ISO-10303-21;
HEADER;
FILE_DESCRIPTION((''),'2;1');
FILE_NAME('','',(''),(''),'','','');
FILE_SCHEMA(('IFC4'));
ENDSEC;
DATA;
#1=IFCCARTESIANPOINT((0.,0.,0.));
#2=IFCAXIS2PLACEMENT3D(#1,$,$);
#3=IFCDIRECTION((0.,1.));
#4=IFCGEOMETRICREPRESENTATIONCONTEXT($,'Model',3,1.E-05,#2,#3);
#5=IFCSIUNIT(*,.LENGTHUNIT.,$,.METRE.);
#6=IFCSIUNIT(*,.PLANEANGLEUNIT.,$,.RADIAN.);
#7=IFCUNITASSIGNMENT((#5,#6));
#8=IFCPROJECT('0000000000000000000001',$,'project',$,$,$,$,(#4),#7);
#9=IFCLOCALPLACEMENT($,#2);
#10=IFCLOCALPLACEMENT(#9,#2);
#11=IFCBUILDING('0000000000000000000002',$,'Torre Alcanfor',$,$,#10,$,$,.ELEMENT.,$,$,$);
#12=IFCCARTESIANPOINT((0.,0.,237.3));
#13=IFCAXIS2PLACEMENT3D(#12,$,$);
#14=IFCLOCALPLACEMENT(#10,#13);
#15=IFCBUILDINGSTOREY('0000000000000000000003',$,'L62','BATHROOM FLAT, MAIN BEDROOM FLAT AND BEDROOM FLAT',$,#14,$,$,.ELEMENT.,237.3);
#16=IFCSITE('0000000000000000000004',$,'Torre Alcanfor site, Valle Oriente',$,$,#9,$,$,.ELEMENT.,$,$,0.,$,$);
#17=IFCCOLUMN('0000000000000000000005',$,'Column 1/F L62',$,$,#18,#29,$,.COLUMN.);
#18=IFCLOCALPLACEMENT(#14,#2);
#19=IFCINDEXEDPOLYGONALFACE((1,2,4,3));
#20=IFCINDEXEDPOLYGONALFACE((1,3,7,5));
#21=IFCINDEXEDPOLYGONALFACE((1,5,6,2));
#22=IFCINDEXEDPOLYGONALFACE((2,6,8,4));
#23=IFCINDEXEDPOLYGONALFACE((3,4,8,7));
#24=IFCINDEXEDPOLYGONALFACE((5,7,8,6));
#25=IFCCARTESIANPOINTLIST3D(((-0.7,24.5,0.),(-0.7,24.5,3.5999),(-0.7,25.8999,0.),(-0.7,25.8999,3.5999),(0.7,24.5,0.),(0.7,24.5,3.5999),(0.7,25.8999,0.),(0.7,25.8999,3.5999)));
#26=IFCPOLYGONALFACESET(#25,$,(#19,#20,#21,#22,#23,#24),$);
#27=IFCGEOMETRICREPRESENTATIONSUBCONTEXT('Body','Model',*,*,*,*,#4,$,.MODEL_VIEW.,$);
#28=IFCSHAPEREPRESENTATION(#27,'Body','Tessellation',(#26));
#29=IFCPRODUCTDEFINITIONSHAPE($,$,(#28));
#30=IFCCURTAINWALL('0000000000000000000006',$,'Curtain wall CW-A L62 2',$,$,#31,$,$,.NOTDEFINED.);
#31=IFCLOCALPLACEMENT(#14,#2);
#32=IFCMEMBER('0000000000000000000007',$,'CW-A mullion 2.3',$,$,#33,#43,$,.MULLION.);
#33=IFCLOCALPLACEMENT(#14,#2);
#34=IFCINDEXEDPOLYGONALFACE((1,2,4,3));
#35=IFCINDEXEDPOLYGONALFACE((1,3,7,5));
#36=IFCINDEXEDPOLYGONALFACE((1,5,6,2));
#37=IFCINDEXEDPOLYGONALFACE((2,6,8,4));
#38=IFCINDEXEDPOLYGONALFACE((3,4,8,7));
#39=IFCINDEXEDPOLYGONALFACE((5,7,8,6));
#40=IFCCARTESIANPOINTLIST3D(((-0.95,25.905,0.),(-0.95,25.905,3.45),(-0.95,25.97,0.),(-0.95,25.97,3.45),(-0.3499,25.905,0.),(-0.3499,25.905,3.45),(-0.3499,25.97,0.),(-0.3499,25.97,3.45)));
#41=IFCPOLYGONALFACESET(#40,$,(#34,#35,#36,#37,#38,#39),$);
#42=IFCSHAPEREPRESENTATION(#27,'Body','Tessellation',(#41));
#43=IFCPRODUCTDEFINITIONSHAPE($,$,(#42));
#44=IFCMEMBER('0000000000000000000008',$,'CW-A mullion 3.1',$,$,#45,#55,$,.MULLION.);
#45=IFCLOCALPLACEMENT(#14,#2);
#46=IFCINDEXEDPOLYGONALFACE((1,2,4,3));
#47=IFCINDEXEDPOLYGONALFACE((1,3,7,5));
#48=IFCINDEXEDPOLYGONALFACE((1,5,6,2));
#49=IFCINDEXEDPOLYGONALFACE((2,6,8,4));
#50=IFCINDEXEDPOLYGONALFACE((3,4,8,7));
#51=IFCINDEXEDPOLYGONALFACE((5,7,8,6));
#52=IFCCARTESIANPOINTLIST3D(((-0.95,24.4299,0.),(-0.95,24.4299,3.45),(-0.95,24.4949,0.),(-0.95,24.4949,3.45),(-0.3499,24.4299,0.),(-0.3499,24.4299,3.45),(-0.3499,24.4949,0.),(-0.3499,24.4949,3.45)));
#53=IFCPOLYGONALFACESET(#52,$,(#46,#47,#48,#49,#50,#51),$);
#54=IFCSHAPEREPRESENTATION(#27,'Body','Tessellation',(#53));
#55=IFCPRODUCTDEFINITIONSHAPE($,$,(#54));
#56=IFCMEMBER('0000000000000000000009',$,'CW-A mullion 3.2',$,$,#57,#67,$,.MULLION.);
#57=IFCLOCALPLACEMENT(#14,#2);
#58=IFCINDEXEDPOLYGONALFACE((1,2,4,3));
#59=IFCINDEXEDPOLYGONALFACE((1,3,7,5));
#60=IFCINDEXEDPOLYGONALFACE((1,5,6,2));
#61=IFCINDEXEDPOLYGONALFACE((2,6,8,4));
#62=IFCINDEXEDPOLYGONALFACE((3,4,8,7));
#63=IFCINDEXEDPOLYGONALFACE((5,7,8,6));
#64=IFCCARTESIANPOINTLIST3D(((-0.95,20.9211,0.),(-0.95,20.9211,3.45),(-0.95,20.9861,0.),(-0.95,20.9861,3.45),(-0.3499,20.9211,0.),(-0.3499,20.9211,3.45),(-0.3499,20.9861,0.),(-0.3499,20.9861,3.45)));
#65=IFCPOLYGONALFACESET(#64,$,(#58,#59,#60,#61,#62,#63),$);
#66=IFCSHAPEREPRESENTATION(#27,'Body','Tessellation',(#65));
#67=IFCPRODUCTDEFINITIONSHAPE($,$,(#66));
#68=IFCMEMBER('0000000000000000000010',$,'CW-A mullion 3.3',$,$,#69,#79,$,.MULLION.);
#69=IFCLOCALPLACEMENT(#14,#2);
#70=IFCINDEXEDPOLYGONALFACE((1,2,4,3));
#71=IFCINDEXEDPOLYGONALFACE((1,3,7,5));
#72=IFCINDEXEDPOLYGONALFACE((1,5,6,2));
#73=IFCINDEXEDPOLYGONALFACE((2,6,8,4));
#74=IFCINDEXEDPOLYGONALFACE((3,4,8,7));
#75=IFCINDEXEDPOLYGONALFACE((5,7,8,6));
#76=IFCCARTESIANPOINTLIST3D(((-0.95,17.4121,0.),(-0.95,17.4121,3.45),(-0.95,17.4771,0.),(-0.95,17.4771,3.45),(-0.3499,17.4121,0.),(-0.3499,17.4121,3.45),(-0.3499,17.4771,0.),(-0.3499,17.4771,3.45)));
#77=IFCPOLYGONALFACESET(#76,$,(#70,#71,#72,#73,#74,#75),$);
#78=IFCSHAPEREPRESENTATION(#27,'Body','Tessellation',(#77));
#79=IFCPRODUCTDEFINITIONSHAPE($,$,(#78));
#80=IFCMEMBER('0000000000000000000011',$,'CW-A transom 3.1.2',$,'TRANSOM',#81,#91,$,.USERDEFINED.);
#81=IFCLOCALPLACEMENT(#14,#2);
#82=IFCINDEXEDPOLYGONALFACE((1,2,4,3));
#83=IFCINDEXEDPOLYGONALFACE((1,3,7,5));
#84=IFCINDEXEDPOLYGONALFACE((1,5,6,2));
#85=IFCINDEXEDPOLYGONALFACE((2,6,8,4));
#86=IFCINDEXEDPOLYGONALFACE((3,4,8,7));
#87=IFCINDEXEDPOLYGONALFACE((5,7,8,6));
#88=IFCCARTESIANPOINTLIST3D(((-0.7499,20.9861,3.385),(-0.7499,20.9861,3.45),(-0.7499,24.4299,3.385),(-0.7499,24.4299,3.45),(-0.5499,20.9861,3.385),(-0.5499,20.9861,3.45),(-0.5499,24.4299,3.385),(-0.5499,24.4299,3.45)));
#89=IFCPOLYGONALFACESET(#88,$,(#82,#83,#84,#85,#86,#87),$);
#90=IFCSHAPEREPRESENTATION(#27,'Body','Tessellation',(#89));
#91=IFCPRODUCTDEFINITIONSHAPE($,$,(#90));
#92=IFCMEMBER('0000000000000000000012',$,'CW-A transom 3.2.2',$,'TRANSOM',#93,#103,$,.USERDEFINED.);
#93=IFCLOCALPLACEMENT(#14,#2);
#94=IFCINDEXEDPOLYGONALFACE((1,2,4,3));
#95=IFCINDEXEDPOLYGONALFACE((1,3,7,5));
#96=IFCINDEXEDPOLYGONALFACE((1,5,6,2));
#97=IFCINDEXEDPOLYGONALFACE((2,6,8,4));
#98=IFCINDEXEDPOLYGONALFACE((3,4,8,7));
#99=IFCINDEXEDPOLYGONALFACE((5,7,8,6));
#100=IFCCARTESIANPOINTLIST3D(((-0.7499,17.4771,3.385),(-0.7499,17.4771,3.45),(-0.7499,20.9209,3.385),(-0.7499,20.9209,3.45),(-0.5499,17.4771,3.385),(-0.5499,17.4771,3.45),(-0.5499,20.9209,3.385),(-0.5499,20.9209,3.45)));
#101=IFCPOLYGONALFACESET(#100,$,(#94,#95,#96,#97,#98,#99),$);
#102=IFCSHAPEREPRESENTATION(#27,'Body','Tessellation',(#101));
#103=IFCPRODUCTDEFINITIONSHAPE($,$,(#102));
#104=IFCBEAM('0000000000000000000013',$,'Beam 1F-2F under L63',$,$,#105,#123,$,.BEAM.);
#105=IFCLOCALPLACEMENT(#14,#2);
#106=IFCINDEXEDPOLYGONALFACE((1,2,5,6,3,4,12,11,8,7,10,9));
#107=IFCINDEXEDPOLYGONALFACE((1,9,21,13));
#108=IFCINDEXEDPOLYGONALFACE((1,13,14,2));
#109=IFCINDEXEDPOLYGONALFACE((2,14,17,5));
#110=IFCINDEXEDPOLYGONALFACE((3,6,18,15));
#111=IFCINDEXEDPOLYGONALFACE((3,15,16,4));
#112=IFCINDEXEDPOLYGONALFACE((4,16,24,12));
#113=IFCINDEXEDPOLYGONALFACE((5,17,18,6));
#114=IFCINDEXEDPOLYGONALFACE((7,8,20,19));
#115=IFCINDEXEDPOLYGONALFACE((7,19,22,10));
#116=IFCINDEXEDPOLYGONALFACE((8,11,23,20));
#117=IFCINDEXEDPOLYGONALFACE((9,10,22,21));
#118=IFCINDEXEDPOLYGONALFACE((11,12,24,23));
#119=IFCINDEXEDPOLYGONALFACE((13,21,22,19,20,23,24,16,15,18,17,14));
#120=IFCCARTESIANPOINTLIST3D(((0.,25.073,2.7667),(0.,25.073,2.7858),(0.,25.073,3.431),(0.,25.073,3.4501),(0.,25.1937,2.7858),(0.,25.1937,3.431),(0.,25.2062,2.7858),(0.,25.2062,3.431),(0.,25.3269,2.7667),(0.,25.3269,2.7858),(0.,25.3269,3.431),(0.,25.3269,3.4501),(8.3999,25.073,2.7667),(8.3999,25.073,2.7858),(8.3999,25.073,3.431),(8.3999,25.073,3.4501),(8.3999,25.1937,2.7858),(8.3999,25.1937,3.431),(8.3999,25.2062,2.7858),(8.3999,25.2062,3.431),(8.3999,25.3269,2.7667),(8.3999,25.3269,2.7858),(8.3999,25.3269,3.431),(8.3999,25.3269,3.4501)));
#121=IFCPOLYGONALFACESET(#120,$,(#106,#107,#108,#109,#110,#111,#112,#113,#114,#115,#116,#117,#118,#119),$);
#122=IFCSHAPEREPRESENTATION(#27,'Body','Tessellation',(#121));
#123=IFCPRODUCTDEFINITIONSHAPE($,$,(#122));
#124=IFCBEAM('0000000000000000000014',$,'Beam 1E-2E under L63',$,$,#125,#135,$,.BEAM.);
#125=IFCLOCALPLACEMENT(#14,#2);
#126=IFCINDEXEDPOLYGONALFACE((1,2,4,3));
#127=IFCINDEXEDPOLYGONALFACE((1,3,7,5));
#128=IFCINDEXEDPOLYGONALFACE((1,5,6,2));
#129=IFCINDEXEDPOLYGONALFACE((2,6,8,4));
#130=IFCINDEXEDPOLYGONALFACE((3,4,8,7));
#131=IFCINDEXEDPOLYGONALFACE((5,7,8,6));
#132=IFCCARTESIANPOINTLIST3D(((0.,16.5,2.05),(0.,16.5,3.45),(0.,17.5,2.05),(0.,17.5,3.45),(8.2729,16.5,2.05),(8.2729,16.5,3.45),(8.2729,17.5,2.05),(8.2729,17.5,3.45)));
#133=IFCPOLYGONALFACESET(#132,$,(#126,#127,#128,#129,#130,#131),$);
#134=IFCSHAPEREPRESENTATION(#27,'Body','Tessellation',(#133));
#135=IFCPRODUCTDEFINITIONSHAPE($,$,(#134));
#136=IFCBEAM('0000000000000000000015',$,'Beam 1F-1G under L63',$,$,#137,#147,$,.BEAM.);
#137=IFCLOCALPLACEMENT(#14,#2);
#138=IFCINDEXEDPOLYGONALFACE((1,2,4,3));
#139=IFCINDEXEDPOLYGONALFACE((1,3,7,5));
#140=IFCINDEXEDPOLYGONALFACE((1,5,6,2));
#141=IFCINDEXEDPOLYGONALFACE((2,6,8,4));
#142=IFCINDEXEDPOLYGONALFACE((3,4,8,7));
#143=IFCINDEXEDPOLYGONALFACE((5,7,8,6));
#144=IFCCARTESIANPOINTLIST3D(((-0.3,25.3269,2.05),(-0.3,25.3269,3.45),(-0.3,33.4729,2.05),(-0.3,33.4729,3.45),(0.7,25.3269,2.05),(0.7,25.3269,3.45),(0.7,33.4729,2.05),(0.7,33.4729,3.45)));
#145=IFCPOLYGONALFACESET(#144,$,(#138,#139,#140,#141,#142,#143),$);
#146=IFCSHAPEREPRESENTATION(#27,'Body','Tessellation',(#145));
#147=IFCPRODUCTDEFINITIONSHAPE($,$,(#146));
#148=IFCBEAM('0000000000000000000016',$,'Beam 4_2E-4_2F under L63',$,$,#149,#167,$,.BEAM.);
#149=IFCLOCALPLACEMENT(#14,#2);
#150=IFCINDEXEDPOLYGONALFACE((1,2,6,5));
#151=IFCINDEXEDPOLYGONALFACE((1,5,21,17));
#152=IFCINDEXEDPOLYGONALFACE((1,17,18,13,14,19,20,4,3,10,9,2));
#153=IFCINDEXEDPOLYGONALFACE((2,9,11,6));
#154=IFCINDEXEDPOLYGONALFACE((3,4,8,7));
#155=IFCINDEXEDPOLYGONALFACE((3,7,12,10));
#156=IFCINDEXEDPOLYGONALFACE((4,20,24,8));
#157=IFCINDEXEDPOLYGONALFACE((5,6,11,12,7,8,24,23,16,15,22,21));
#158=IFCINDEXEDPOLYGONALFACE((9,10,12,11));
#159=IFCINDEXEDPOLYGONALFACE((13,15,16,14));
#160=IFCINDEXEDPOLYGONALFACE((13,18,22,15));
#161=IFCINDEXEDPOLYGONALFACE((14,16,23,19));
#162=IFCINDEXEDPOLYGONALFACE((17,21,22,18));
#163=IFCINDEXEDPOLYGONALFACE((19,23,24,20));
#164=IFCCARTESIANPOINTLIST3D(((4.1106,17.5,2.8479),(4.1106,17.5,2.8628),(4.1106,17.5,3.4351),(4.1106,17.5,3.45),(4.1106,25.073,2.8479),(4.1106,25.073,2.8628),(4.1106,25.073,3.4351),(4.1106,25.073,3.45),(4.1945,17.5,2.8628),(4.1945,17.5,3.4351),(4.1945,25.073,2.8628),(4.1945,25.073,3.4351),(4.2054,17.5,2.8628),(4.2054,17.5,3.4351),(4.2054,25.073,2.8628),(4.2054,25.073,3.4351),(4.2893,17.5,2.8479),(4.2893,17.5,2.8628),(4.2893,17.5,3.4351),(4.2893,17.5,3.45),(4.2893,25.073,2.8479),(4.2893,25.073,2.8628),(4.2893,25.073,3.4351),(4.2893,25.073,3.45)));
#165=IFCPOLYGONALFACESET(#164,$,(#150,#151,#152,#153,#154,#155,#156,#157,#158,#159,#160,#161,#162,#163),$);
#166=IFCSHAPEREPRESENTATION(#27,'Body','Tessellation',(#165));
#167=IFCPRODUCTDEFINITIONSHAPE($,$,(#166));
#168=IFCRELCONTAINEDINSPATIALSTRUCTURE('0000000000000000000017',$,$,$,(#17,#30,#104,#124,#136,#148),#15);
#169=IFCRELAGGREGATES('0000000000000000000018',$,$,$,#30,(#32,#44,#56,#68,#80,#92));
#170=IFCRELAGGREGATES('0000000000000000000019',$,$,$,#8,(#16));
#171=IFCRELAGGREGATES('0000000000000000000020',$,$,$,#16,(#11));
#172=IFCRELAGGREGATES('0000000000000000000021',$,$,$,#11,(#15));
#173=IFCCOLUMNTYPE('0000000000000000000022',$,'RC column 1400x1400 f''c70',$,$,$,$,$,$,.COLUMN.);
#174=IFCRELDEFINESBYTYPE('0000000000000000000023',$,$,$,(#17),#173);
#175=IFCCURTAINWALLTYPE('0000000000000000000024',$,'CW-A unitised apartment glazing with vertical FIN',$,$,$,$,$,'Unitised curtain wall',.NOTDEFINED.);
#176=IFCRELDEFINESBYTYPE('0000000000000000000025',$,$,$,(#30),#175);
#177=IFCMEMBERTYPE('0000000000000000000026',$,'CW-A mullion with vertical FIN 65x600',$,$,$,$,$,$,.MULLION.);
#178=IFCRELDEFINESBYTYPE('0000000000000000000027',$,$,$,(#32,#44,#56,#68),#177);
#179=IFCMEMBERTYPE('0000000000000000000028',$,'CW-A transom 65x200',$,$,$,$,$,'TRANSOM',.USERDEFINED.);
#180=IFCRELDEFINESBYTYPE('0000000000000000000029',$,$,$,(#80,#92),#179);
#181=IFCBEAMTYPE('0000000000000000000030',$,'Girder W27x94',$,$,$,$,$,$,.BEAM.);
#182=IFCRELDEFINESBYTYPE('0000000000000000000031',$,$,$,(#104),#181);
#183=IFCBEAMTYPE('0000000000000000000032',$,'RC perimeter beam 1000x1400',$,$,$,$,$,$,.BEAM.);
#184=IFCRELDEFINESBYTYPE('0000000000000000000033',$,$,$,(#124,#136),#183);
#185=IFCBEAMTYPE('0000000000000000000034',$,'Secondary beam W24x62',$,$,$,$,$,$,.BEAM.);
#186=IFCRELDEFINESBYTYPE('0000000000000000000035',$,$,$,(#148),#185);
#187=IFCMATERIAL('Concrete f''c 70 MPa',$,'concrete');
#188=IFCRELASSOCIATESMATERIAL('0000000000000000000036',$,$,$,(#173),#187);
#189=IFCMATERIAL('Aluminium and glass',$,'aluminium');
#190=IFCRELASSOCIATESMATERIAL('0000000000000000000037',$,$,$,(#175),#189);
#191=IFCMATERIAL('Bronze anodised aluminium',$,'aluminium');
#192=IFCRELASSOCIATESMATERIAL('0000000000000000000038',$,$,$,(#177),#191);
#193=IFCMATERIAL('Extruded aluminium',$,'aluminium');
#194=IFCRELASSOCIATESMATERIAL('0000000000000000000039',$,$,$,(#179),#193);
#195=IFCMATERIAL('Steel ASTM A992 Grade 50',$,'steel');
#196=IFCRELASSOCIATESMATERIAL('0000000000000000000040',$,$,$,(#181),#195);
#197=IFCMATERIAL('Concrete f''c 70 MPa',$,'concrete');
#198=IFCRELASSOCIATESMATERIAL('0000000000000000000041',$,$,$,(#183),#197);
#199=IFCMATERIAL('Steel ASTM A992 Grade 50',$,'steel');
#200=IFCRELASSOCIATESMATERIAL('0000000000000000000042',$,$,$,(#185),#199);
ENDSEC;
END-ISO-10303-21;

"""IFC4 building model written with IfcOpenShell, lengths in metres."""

from ifc_helpers import new_model, si_unit, direction, frame, origin, origin_2d, place, context, subcontext, project, spatial, rectangle, i_section, extrude, material, material_profile, profile_set, type_object, element, aggregate, save


model = new_model("IFC4")

# Units and contexts
model_context = context("Model", 3, precision=1e-05, world=origin(), true_north=direction((0.0, 1.0)))
body_context = subcontext(model_context, "Body", "Model", "MODEL_VIEW")
ifc_project = project(units=[si_unit("LENGTHUNIT", "METRE"), si_unit("PLANEANGLEUNIT", "RADIAN")], contexts=[model_context])

# Site, building, storey
site_placement = place(None, origin())
site = spatial("IfcSite", under=ifc_project, at=site_placement, Name="Torre Alcanfor site, Valle Oriente", CompositionType="ELEMENT", RefElevation=0.0)
building_placement = place(site_placement, origin())
building = spatial("IfcBuilding", under=site, at=building_placement, Name="Torre Alcanfor", CompositionType="ELEMENT")
storey_placement = place(building_placement, frame((0.0, 0.0, 237.3)))
storey = spatial("IfcBuildingStorey", under=building, at=storey_placement, Name="L62", Description="BATHROOM FLAT, MAIN BEDROOM FLAT AND BEDROOM FLAT", CompositionType="ELEMENT", Elevation=237.3)

# Column
ifc_material_1 = material(Name="Concrete f'c 70 MPa", Category="concrete")
ifc_material_profile_1 = material_profile(ifc_material_1, rectangle(XDim=1.3999, YDim=1.3999, at=origin_2d()), Name="1400x1400")
ifc_profile_set_1 = profile_set([ifc_material_profile_1], Name="Concrete f'c 70 MPa")
column_type = type_object("IfcColumnType", Name="RC column 1400x1400 f'c70", PredefinedType="COLUMN", material=ifc_profile_set_1)
column_placement = place(storey_placement, frame((0.0, 25.2, 0.0), z_axis=(0.0, 0.0, 1.0), x_axis=(1.0, 0.0, 0.0)))
element("IfcColumn", 1, at=column_placement, inside=storey, type_object=column_type, Name="Column 1/F L62", PredefinedType="COLUMN", context=body_context, shape_type="SweptSolid", body=[
    extrude(rectangle(XDim=1.3999, YDim=1.3999, at=origin_2d()), origin(), (0.0, 0.0, 1.0), 3.5999),
])

# Curtain wall, members
ifc_material_2 = material(Name="Aluminium and glass", Category="aluminium")
curtain_wall_type = type_object("IfcCurtainWallType", Name="CW-A unitised apartment glazing with vertical FIN", ElementType="Unitised curtain wall", PredefinedType="NOTDEFINED", material=ifc_material_2)
curtain_wall_placement = place(storey_placement, origin())
curtain_wall = element("IfcCurtainWall", 2, at=curtain_wall_placement, inside=storey, type_object=curtain_wall_type, Name="Curtain wall CW-A L62 2", PredefinedType="NOTDEFINED")
ifc_material_3 = material(Name="Bronze anodised aluminium", Category="aluminium")
ifc_material_profile_2 = material_profile(ifc_material_3, rectangle(XDim=0.6001, YDim=0.0649, at=origin_2d()), Name="CW-A mullion 65x600")
ifc_profile_set_2 = profile_set([ifc_material_profile_2], Name="Bronze anodised aluminium")
member_type_1 = type_object("IfcMemberType", Name="CW-A mullion with vertical FIN 65x600", PredefinedType="MULLION", material=ifc_profile_set_2)
member_1_placement = place(storey_placement, frame((-0.6499, 25.9375, 0.0), z_axis=(0.0, 0.0, 1.0), x_axis=(1.0, 0.0, 0.0)))
member_1 = element("IfcMember", 3, at=member_1_placement, type_object=member_type_1, Name="CW-A mullion 2.3", PredefinedType="MULLION", context=body_context, shape_type="SweptSolid", body=[
    extrude(rectangle(XDim=0.6001, YDim=0.0649, at=origin_2d()), origin(), (0.0, 0.0, 1.0), 3.45),
])
member_2_placement = place(storey_placement, frame((-0.6499, 24.4624, 0.0), z_axis=(0.0, 0.0, 1.0), x_axis=(1.0, 0.0, 0.0)))
member_2 = element("IfcMember", 4, at=member_2_placement, type_object=member_type_1, Name="CW-A mullion 3.1", PredefinedType="MULLION", context=body_context, shape_type="SweptSolid", body=[
    extrude(rectangle(XDim=0.6001, YDim=0.0649, at=origin_2d()), origin(), (0.0, 0.0, 1.0), 3.45),
])
member_3_placement = place(storey_placement, frame((-0.6499, 20.9536, 0.0), z_axis=(0.0, 0.0, 1.0), x_axis=(1.0, 0.0, 0.0)))
member_3 = element("IfcMember", 5, at=member_3_placement, type_object=member_type_1, Name="CW-A mullion 3.2", PredefinedType="MULLION", context=body_context, shape_type="SweptSolid", body=[
    extrude(rectangle(XDim=0.6001, YDim=0.0649, at=origin_2d()), origin(), (0.0, 0.0, 1.0), 3.45),
])
member_4_placement = place(storey_placement, frame((-0.6499, 17.4446, 0.0), z_axis=(0.0, 0.0, 1.0), x_axis=(1.0, 0.0, 0.0)))
member_4 = element("IfcMember", 6, at=member_4_placement, type_object=member_type_1, Name="CW-A mullion 3.3", PredefinedType="MULLION", context=body_context, shape_type="SweptSolid", body=[
    extrude(rectangle(XDim=0.6001, YDim=0.0649, at=origin_2d()), origin(), (0.0, 0.0, 1.0), 3.45),
])
ifc_material_4 = material(Name="Extruded aluminium", Category="aluminium")
ifc_material_profile_3 = material_profile(ifc_material_4, rectangle(XDim=0.2, YDim=0.0649, at=origin_2d()), Name="CW-A transom 200x65")
ifc_profile_set_3 = profile_set([ifc_material_profile_3], Name="Extruded aluminium")
member_type_2 = type_object("IfcMemberType", Name="CW-A transom 65x200", ElementType="TRANSOM", PredefinedType="USERDEFINED", material=ifc_profile_set_3)
member_5_placement = place(storey_placement, frame((-0.6499, 24.4299, 3.4175), z_axis=(0.0, -1.0, 0.0), x_axis=(1.0, 0.0, 0.0)))
member_5 = element("IfcMember", 7, at=member_5_placement, type_object=member_type_2, Name="CW-A transom 3.1.2", ObjectType="TRANSOM", PredefinedType="USERDEFINED", context=body_context, shape_type="SweptSolid", body=[
    extrude(rectangle(XDim=0.2, YDim=0.0649, at=origin_2d()), origin(), (0.0, 0.0, 1.0), 3.4438),
])
member_6_placement = place(storey_placement, frame((-0.6499, 20.9209, 3.4175), z_axis=(0.0, -1.0, 0.0), x_axis=(1.0, 0.0, 0.0)))
member_6 = element("IfcMember", 8, at=member_6_placement, type_object=member_type_2, Name="CW-A transom 3.2.2", ObjectType="TRANSOM", PredefinedType="USERDEFINED", context=body_context, shape_type="SweptSolid", body=[
    extrude(rectangle(XDim=0.2, YDim=0.0649, at=origin_2d()), origin(), (0.0, 0.0, 1.0), 3.4438),
])

# Beams
ifc_material_5 = material(Name="Steel ASTM A992 Grade 50", Category="steel")
ifc_material_profile_4 = material_profile(ifc_material_5, i_section(OverallWidth=0.2539, OverallDepth=0.6833, WebThickness=0.0125, FlangeThickness=0.019, at=origin_2d()), Name="W27x94")
ifc_profile_set_4 = profile_set([ifc_material_profile_4], Name="Steel ASTM A992 Grade 50")
beam_type_1 = type_object("IfcBeamType", Name="Girder W27x94", PredefinedType="BEAM", material=ifc_profile_set_4)
beam_1_placement = place(storey_placement, frame((0.0, 25.2, 3.1084), z_axis=(1.0, 0.0, 0.0), x_axis=(0.0, 1.0, 0.0)))
element("IfcBeam", 9, at=beam_1_placement, inside=storey, type_object=beam_type_1, Name="Beam 1F-2F under L63", PredefinedType="BEAM", context=body_context, shape_type="SweptSolid", body=[
    extrude(i_section(OverallWidth=0.2539, OverallDepth=0.6833, WebThickness=0.0125, FlangeThickness=0.019, at=origin_2d()), origin(), (0.0, 0.0, 1.0), 8.3999),
])
ifc_material_6 = material(Name="Concrete f'c 70 MPa", Category="concrete")
ifc_material_profile_5 = material_profile(ifc_material_6, rectangle(XDim=1.0, YDim=1.3999, at=origin_2d()), Name="1000x1400")
ifc_profile_set_5 = profile_set([ifc_material_profile_5], Name="Concrete f'c 70 MPa")
beam_type_2 = type_object("IfcBeamType", Name="RC perimeter beam 1000x1400", PredefinedType="BEAM", material=ifc_profile_set_5)
beam_2_placement = place(storey_placement, frame((0.0, 17.0, 2.75), z_axis=(1.0, 0.0, 0.0), x_axis=(0.0, 1.0, 0.0)))
element("IfcBeam", 10, at=beam_2_placement, inside=storey, type_object=beam_type_2, Name="Beam 1E-2E under L63", PredefinedType="BEAM", context=body_context, shape_type="SweptSolid", body=[
    extrude(rectangle(XDim=1.0, YDim=1.3999, at=origin_2d()), origin(), (0.0, 0.0, 1.0), 8.2729),
])
beam_3_placement = place(storey_placement, frame((0.2, 25.3269, 2.75), z_axis=(0.0, 1.0, 0.0), x_axis=(-1.0, 0.0, 0.0)))
element("IfcBeam", 11, at=beam_3_placement, inside=storey, type_object=beam_type_2, Name="Beam 1F-1G under L63", PredefinedType="BEAM", context=body_context, shape_type="SweptSolid", body=[
    extrude(rectangle(XDim=1.0, YDim=1.3999, at=origin_2d()), origin(), (0.0, 0.0, 1.0), 8.146),
])
ifc_material_7 = material(Name="Steel ASTM A992 Grade 50", Category="steel")
ifc_material_profile_6 = material_profile(ifc_material_7, i_section(OverallWidth=0.1787, OverallDepth=0.6021, WebThickness=0.011, FlangeThickness=0.0149, at=origin_2d()), Name="W24x62")
ifc_profile_set_6 = profile_set([ifc_material_profile_6], Name="Steel ASTM A992 Grade 50")
beam_type_3 = type_object("IfcBeamType", Name="Secondary beam W24x62", PredefinedType="BEAM", material=ifc_profile_set_6)
beam_4_placement = place(storey_placement, frame((4.2, 17.5, 3.1489), z_axis=(0.0, 1.0, 0.0), x_axis=(-1.0, 0.0, 0.0)))
element("IfcBeam", 12, at=beam_4_placement, inside=storey, type_object=beam_type_3, Name="Beam 4_2E-4_2F under L63", PredefinedType="BEAM", context=body_context, shape_type="SweptSolid", body=[
    extrude(i_section(OverallWidth=0.1787, OverallDepth=0.6021, WebThickness=0.011, FlangeThickness=0.0149, at=origin_2d()), origin(), (0.0, 0.0, 1.0), 7.573),
])

aggregate(curtain_wall, [member_1, member_2, member_3, member_4, member_5, member_6])

save(model, "model.ifc")
